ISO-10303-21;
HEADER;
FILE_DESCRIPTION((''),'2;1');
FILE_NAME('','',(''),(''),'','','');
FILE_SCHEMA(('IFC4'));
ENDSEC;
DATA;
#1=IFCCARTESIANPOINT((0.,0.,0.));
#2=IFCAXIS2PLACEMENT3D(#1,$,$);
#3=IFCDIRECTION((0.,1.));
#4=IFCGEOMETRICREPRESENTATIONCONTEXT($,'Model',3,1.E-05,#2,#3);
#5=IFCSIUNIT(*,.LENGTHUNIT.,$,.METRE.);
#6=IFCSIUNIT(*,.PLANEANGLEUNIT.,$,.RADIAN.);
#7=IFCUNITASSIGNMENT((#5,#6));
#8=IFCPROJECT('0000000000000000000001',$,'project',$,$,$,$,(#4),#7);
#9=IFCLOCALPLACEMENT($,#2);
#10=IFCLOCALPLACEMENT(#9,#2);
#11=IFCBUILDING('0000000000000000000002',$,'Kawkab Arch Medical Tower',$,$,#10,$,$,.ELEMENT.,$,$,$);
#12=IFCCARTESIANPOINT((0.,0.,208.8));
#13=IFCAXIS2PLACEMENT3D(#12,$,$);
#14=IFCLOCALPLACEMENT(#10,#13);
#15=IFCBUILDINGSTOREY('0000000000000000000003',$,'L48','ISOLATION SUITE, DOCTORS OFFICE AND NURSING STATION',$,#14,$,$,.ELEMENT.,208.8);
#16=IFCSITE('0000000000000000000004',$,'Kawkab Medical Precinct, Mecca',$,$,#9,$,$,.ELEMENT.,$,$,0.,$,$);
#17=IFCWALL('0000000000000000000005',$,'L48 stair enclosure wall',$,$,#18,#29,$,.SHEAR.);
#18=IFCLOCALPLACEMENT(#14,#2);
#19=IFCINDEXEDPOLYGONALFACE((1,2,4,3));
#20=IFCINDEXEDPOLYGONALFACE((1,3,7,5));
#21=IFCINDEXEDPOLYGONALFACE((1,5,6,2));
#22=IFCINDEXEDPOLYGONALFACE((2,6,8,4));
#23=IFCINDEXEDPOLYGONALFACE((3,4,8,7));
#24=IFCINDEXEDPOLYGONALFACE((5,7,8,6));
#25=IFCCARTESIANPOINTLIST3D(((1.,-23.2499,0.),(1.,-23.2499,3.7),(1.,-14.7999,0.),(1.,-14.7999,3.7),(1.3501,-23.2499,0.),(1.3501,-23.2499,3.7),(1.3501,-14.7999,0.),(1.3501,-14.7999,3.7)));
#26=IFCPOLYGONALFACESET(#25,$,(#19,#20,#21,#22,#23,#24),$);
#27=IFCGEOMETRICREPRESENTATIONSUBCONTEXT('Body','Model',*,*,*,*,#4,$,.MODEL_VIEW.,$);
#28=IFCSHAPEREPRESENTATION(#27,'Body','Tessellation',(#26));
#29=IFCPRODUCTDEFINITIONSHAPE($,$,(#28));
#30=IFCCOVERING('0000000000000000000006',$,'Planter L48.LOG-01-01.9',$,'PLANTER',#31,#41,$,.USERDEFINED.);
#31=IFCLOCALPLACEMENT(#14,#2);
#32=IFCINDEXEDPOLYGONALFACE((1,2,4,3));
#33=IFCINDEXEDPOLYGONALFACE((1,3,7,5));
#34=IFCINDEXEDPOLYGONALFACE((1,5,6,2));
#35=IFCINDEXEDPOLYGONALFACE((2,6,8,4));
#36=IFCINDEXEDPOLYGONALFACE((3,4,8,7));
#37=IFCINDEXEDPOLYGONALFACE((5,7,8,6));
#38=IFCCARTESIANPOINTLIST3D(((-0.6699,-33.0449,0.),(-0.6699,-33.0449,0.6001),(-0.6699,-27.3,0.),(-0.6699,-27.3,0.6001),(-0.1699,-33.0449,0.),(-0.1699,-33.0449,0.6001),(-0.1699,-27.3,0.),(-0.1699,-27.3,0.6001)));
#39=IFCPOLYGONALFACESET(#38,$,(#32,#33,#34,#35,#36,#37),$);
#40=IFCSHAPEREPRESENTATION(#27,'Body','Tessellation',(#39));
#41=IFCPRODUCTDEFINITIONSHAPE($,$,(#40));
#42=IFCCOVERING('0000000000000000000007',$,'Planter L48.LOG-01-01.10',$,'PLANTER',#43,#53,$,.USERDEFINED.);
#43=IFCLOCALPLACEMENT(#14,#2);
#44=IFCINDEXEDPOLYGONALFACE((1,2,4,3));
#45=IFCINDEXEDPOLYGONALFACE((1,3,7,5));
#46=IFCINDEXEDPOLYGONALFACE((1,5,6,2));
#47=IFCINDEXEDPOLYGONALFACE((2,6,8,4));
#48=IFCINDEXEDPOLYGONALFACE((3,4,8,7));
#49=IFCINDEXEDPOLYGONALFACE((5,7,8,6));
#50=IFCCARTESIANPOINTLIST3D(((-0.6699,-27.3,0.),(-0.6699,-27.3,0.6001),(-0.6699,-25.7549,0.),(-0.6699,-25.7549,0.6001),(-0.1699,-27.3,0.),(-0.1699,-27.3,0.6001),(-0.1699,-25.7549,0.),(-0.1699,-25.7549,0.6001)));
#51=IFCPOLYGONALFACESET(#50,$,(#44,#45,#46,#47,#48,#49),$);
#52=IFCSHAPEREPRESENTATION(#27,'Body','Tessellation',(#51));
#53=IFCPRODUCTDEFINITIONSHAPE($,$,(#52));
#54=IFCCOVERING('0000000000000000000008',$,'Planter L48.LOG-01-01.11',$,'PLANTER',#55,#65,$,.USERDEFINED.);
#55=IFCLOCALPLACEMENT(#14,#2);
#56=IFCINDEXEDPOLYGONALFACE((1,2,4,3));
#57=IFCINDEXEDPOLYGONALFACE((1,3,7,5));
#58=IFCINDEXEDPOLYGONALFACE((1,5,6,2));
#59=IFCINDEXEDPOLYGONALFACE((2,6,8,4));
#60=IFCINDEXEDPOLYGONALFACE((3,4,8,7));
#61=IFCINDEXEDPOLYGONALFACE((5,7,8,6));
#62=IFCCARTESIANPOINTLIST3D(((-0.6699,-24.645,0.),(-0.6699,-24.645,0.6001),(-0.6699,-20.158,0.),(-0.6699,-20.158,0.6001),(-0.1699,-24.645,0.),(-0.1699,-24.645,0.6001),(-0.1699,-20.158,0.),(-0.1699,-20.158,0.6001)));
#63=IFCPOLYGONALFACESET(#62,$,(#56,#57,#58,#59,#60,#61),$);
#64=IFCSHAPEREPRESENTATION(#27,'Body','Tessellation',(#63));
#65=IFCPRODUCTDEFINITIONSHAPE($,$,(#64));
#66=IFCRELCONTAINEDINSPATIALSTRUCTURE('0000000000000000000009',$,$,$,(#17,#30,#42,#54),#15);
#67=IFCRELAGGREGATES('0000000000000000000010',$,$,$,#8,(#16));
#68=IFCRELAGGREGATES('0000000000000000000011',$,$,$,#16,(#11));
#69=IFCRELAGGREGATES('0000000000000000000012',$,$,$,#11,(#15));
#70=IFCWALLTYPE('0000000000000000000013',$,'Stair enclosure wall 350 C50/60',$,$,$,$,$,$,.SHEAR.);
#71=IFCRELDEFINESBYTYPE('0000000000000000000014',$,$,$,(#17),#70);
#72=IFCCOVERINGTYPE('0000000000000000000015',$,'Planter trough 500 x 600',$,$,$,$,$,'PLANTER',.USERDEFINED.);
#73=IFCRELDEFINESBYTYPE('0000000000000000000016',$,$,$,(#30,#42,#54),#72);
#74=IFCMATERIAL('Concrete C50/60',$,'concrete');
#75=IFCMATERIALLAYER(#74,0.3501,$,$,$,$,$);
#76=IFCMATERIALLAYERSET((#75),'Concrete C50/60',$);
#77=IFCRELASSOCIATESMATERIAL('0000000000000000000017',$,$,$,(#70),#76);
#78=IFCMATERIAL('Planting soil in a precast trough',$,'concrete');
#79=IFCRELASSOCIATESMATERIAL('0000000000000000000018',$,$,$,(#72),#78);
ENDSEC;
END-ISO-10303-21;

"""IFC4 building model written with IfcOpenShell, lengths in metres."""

from ifc_helpers import new_model, si_unit, direction, frame, frame_2d, origin, origin_2d, place, context, subcontext, project, spatial, rectangle, extrude, material, layer, layer_set, material_profile, profile_set, type_object, element, save


model = new_model("IFC4")

# Units and contexts
model_context = context("Model", 3, precision=1e-05, world=origin(), true_north=direction((0.0, 1.0)))
body_context = subcontext(model_context, "Body", "Model", "MODEL_VIEW")
ifc_project = project(units=[si_unit("LENGTHUNIT", "METRE"), si_unit("PLANEANGLEUNIT", "RADIAN")], contexts=[model_context])

# Site, building, storey
site_placement = place(None, origin())
site = spatial("IfcSite", under=ifc_project, at=site_placement, Name="Kawkab Medical Precinct, Mecca", CompositionType="ELEMENT", RefElevation=0.0)
building_placement = place(site_placement, origin())
building = spatial("IfcBuilding", under=site, at=building_placement, Name="Kawkab Arch Medical Tower", CompositionType="ELEMENT")
storey_placement = place(building_placement, frame((0.0, 0.0, 208.8)))
storey = spatial("IfcBuildingStorey", under=building, at=storey_placement, Name="L48", Description="ISOLATION SUITE, DOCTORS OFFICE AND NURSING STATION", CompositionType="ELEMENT", Elevation=208.8)

# Wall
ifc_material_1 = material(Name="Concrete C50/60", Category="concrete")
ifc_layer_1 = layer(ifc_material_1, 0.3501)
ifc_layer_set_1 = layer_set([ifc_layer_1], Name="Concrete C50/60")
wall_type_1 = type_object("IfcWallType", Name="Stair enclosure wall 350 C50/60", PredefinedType="SHEAR", material=ifc_layer_set_1)
wall_1_placement = place(storey_placement, frame((1.175, -23.25, 0.0), z_axis=(0.0, 0.0, 1.0), x_axis=(0.0, 1.0, 0.0)))
element("IfcWall", 1, at=wall_1_placement, inside=storey, type_object=wall_type_1, Name="L48 stair enclosure wall", PredefinedType="SHEAR", context=body_context, shape_type="SweptSolid", body=[
    extrude(rectangle(XDim=8.45, YDim=0.3501, at=frame_2d((4.2251, 0.0))), origin(), (0.0, 0.0, 1.0), 3.7),
])

# Coverings
ifc_material_2 = material(Name="Planting soil in a precast trough", Category="concrete")
ifc_material_profile_1 = material_profile(ifc_material_2, rectangle(XDim=0.5, YDim=0.6001, at=origin_2d()), Name="Trough 500x600")
ifc_profile_set_1 = profile_set([ifc_material_profile_1], Name="Planting soil in a precast trough")
covering_type = type_object("IfcCoveringType", Name="Planter trough 500 x 600", ElementType="PLANTER", PredefinedType="USERDEFINED", material=ifc_profile_set_1)
covering_1_placement = place(storey_placement, frame((-0.4199, -33.0449, 0.3), z_axis=(0.0, 1.0, 0.0), x_axis=(-1.0, 0.0, 0.0)))
element("IfcCovering", 2, at=covering_1_placement, inside=storey, type_object=covering_type, Name="Planter L48.LOG-01-01.9", ObjectType="PLANTER", PredefinedType="USERDEFINED", context=body_context, shape_type="SweptSolid", body=[
    extrude(rectangle(XDim=0.5, YDim=0.6001, at=origin_2d()), origin(), (0.0, 0.0, 1.0), 5.7449),
])
covering_2_placement = place(storey_placement, frame((-0.4199, -27.3, 0.3), z_axis=(0.0, 1.0, 0.0), x_axis=(-1.0, 0.0, 0.0)))
element("IfcCovering", 3, at=covering_2_placement, inside=storey, type_object=covering_type, Name="Planter L48.LOG-01-01.10", ObjectType="PLANTER", PredefinedType="USERDEFINED", context=body_context, shape_type="SweptSolid", body=[
    extrude(rectangle(XDim=0.5, YDim=0.6001, at=origin_2d()), origin(), (0.0, 0.0, 1.0), 1.5452),
])
covering_3_placement = place(storey_placement, frame((-0.4199, -24.645, 0.3), z_axis=(0.0, 1.0, 0.0), x_axis=(-1.0, 0.0, 0.0)))
element("IfcCovering", 4, at=covering_3_placement, inside=storey, type_object=covering_type, Name="Planter L48.LOG-01-01.11", ObjectType="PLANTER", PredefinedType="USERDEFINED", context=body_context, shape_type="SweptSolid", body=[
    extrude(rectangle(XDim=0.5, YDim=0.6001, at=origin_2d()), origin(), (0.0, 0.0, 1.0), 4.4871),
])

save(model, "model.ifc")
